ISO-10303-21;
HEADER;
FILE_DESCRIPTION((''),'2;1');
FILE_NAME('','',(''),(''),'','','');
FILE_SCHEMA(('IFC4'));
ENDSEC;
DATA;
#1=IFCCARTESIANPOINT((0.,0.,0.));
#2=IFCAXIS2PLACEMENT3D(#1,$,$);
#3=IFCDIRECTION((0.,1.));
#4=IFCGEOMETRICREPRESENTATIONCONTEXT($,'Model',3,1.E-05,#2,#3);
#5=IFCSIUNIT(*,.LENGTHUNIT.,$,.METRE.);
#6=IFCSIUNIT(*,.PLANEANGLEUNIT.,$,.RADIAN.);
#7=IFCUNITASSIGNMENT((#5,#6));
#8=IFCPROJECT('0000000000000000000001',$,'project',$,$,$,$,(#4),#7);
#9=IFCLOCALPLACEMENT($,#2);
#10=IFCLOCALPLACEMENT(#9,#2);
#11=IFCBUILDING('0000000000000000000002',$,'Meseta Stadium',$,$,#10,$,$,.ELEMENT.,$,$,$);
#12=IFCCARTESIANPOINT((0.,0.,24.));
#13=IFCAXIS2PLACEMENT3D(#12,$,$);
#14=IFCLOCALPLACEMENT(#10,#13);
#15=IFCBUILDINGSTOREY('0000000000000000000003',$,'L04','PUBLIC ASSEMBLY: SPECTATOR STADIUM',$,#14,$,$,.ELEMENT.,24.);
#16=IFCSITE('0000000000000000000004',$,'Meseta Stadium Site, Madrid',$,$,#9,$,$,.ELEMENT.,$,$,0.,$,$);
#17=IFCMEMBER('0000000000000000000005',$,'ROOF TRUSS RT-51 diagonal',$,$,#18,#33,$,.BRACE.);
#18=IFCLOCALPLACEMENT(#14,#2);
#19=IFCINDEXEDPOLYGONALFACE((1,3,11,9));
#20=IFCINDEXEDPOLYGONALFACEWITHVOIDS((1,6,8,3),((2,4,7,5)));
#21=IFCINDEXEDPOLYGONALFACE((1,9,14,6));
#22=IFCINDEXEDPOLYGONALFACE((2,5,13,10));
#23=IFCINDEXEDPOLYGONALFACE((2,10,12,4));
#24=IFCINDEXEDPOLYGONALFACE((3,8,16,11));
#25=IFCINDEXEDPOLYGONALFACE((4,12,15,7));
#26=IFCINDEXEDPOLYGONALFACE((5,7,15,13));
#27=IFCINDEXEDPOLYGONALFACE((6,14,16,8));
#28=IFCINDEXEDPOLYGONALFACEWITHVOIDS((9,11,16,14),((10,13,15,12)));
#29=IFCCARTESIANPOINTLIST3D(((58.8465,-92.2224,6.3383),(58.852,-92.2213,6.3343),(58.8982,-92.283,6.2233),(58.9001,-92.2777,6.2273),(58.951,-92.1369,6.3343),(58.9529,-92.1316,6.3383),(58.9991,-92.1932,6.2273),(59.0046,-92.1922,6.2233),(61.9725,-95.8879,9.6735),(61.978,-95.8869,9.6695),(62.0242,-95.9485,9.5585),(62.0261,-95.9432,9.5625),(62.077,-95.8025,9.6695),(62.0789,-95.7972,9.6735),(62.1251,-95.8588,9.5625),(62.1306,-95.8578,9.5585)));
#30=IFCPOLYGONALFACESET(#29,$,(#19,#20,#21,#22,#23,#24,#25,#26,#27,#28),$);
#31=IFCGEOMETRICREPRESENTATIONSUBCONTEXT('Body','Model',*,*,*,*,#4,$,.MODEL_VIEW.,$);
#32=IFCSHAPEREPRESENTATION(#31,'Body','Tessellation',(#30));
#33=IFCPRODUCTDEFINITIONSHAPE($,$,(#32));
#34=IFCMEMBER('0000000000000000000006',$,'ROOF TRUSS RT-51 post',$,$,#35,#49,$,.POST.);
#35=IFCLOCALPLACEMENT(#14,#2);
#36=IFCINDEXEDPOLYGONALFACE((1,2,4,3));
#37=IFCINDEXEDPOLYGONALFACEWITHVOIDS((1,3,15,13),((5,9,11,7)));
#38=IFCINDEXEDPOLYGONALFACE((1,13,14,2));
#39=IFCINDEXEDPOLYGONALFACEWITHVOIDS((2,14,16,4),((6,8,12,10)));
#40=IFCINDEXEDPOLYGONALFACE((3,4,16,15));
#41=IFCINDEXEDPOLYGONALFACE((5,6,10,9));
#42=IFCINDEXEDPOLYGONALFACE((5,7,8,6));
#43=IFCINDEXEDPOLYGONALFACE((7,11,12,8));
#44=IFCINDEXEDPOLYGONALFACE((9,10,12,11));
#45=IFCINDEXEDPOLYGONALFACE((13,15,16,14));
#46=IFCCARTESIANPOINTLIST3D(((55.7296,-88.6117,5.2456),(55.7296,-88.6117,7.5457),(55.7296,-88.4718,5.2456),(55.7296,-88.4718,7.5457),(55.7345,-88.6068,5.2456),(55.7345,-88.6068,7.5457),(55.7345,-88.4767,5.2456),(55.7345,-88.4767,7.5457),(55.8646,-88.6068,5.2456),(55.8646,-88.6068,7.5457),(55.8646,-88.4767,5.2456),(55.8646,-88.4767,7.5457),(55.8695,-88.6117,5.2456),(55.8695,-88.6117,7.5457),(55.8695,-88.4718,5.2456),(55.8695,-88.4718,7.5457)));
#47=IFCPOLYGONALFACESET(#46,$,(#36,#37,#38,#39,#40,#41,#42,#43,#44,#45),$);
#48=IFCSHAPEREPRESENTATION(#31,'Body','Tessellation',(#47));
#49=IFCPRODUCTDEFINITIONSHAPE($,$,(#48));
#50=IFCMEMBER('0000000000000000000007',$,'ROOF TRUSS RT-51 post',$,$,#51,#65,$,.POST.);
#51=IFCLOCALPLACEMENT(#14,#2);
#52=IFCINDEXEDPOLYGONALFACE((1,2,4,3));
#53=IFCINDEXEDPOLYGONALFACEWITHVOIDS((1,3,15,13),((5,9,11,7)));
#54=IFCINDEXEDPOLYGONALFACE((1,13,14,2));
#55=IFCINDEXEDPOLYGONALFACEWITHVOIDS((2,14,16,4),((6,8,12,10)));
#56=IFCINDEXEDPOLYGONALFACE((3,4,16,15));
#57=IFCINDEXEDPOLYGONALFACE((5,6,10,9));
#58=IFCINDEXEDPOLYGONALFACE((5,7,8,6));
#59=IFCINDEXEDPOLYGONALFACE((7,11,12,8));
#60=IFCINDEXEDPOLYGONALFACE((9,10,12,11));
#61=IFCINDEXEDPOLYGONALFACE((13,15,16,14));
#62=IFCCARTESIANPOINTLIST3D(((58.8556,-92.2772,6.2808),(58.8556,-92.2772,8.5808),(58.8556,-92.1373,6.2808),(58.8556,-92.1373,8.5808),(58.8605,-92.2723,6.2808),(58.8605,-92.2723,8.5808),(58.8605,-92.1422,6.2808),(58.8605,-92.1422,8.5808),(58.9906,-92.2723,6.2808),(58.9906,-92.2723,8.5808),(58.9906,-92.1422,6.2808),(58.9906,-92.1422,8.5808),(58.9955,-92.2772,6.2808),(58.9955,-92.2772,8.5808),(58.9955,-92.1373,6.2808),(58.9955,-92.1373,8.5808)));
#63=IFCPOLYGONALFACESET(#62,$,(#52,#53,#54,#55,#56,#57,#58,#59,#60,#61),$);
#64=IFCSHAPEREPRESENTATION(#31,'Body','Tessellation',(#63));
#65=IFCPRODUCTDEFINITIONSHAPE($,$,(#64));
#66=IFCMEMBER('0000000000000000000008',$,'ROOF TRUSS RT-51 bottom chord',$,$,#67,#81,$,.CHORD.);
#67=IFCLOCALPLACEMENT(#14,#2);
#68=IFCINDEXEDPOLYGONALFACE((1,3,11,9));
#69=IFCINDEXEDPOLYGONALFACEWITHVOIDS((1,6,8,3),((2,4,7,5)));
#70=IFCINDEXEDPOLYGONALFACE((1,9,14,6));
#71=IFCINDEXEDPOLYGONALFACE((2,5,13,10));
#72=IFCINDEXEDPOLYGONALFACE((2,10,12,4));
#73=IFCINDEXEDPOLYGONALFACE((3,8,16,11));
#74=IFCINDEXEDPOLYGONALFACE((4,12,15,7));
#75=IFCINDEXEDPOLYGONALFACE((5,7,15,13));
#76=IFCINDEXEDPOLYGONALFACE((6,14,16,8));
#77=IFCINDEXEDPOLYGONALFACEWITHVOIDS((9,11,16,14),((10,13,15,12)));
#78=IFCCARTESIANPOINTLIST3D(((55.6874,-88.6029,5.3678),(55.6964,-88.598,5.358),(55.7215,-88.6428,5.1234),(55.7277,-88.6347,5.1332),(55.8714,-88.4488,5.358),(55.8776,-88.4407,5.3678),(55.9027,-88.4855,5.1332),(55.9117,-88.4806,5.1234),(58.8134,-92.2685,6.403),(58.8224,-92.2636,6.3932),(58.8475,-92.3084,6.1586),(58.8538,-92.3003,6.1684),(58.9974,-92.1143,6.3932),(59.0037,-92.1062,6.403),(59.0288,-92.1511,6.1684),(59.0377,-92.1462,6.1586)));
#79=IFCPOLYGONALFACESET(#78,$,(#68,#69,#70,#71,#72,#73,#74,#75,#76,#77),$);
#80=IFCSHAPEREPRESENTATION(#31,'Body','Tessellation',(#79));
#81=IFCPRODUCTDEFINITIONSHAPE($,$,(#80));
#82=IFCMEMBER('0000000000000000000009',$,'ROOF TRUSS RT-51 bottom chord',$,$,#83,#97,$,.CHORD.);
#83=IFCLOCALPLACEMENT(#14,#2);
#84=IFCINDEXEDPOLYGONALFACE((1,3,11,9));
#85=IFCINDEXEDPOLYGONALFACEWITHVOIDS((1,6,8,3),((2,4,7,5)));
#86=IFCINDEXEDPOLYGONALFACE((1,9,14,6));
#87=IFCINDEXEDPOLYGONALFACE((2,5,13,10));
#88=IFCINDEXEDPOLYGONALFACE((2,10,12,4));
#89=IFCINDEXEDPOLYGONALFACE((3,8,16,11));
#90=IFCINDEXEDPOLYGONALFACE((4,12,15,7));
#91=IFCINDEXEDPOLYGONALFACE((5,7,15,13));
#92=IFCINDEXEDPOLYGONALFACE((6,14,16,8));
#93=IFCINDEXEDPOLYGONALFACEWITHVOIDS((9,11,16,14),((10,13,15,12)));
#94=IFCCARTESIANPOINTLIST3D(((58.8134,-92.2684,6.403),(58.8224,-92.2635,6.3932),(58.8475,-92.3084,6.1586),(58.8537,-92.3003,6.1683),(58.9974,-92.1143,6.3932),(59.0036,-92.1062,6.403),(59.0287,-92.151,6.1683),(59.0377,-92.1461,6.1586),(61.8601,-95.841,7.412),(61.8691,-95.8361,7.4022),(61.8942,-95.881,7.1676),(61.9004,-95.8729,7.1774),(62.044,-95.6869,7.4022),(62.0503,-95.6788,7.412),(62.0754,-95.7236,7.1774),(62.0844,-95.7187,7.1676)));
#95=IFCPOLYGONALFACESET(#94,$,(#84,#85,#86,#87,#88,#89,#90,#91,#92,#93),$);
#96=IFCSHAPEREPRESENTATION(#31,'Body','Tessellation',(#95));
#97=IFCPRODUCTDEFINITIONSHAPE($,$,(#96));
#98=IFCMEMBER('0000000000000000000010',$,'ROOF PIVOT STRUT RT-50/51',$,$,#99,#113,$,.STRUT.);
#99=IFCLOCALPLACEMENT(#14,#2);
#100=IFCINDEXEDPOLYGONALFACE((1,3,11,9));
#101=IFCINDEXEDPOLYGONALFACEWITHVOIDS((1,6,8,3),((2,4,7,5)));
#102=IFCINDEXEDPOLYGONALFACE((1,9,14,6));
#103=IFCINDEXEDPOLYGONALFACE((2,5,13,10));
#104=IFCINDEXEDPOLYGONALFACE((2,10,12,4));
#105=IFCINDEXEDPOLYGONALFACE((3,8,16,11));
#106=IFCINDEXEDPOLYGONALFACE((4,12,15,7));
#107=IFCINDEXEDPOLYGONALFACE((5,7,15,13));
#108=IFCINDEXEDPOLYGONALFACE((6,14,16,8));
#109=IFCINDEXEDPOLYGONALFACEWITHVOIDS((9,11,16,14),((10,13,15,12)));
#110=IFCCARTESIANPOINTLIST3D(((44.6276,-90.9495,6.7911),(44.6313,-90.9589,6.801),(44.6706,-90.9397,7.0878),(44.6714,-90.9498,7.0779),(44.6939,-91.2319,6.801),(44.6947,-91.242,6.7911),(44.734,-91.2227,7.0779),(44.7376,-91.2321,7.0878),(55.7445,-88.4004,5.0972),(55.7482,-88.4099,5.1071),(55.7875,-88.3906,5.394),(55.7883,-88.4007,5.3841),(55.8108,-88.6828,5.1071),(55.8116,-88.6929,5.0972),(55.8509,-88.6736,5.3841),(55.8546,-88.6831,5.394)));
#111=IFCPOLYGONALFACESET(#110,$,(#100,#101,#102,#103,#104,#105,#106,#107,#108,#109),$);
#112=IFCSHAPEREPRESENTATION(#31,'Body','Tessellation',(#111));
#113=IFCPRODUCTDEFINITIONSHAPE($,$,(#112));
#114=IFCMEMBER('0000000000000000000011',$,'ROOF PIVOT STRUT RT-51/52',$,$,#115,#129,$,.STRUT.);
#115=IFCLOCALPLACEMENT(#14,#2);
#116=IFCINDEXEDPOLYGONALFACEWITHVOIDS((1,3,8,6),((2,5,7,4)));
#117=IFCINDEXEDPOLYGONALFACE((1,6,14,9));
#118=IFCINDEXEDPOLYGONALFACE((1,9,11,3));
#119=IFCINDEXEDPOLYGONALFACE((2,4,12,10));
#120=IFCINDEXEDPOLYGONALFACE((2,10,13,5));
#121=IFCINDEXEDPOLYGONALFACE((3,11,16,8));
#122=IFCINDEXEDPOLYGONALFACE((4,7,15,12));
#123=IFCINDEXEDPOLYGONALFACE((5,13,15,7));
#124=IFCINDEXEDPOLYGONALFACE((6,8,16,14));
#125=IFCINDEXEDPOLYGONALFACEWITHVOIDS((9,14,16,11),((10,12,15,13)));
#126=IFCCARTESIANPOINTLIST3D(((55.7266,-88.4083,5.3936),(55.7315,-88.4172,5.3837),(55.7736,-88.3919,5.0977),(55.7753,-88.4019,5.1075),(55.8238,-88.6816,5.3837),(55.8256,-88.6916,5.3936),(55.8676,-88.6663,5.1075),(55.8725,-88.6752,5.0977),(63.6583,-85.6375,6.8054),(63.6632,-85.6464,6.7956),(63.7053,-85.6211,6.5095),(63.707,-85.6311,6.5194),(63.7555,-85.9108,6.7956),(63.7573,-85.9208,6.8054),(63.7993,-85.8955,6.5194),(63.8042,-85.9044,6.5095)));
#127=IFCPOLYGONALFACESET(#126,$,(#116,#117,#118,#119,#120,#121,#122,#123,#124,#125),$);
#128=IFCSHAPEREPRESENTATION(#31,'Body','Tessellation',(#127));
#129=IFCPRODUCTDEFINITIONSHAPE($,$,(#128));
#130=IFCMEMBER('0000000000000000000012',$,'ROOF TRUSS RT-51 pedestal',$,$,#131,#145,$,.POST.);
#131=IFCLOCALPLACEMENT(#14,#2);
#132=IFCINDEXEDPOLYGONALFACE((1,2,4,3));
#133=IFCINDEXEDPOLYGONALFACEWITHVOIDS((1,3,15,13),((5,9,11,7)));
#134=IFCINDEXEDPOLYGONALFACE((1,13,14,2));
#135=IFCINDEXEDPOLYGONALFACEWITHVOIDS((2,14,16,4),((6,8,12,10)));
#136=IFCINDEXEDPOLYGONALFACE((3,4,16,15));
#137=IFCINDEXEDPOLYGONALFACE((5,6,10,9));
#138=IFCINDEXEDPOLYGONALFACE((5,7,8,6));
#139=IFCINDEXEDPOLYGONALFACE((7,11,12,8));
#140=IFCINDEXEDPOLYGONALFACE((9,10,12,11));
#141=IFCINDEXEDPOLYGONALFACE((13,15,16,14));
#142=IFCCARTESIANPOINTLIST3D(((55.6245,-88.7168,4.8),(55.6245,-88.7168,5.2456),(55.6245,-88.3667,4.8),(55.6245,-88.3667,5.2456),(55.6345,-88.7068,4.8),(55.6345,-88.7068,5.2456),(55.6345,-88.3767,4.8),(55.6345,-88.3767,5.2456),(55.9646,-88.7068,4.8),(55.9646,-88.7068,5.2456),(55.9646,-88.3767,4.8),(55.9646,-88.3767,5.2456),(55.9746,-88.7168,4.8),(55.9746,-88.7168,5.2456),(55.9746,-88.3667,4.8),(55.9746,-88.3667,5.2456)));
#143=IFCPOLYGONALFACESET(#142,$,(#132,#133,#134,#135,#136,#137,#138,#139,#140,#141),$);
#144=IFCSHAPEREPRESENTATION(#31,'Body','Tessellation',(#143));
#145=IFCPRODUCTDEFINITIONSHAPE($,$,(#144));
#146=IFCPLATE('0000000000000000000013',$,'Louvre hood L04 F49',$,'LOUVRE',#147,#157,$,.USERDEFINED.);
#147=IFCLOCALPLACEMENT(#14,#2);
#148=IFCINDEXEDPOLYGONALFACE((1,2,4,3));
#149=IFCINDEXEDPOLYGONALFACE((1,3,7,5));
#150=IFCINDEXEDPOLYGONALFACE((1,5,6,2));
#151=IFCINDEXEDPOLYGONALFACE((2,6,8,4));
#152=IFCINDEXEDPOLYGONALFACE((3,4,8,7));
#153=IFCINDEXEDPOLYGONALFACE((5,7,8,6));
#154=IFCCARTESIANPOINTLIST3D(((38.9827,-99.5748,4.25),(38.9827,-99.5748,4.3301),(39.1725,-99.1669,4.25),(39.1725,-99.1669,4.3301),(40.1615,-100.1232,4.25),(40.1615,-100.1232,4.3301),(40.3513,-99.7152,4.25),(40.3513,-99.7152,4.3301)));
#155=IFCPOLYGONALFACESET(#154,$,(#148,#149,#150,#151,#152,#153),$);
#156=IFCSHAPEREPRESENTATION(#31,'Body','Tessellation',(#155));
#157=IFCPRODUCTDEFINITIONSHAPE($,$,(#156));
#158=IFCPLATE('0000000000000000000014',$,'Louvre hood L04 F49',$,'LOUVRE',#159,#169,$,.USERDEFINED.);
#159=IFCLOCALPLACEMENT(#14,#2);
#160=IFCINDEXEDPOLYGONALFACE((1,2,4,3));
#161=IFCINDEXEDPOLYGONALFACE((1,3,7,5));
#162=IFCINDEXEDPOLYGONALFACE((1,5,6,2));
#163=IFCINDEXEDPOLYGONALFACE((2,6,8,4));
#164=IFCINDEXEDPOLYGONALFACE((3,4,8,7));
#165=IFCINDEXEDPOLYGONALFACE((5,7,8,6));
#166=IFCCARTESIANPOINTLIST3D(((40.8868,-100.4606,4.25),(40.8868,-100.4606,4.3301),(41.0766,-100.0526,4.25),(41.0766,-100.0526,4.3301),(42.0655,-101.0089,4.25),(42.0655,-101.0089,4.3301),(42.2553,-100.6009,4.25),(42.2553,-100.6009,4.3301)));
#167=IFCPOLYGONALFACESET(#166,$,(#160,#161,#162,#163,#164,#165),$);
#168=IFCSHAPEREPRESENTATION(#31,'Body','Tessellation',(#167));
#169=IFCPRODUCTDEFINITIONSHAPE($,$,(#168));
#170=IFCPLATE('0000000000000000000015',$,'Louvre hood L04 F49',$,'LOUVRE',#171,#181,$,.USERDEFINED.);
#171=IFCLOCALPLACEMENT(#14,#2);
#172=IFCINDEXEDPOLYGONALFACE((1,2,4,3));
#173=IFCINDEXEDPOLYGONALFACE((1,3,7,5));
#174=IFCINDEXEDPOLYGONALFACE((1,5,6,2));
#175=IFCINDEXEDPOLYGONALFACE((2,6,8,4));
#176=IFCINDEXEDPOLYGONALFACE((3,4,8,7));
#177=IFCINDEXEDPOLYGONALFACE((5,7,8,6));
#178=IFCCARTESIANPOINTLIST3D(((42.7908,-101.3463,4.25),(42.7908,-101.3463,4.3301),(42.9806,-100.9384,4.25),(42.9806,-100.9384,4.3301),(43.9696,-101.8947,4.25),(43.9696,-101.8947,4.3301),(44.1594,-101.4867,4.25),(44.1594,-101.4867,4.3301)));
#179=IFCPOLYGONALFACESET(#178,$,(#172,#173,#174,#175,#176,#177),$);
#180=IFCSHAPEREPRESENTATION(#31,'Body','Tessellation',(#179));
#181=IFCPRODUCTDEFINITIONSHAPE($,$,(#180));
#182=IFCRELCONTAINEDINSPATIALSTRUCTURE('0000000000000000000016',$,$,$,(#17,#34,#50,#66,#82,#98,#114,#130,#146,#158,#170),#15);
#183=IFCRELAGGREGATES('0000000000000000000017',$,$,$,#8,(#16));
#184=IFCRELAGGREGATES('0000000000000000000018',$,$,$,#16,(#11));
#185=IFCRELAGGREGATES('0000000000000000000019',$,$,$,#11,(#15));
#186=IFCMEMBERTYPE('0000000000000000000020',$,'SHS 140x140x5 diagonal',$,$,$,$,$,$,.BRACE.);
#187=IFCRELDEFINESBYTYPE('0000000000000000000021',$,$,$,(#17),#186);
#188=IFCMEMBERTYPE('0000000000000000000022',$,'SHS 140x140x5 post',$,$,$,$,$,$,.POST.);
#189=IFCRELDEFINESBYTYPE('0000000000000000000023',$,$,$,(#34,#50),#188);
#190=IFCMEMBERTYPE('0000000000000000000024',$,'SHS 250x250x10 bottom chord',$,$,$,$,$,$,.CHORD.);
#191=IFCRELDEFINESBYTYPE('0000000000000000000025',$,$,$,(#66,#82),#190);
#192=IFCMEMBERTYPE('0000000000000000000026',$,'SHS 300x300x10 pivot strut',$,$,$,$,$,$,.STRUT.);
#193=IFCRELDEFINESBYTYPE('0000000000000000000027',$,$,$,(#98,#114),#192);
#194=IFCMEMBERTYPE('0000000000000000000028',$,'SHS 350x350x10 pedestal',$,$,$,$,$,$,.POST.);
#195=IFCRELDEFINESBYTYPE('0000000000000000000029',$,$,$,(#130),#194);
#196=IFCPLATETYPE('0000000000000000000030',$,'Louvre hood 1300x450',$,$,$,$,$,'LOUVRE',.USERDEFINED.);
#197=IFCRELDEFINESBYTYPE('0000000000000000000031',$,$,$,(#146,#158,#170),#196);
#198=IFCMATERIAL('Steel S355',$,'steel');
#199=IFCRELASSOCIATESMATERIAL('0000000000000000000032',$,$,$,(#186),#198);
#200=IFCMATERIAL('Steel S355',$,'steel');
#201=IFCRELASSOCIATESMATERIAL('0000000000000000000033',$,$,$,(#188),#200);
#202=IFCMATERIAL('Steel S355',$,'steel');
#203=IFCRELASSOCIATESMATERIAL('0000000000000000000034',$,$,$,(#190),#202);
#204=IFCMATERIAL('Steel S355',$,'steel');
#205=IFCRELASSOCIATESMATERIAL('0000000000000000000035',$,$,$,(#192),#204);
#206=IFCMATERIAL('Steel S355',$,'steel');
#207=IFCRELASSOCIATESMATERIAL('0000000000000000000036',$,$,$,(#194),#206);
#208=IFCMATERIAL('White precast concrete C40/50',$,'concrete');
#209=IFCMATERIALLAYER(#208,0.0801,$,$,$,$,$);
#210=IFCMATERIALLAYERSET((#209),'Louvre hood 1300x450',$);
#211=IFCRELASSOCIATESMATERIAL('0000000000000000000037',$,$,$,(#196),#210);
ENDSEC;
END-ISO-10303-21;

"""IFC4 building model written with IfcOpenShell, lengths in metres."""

from ifc_helpers import new_model, si_unit, direction, frame, origin, origin_2d, place, context, subcontext, project, spatial, rectangle, hollow_rectangle, extrude, material, layer, layer_set, material_profile, profile_set, type_object, element, save


model = new_model("IFC4")

# Units and contexts
model_context = context("Model", 3, precision=1e-05, world=origin(), true_north=direction((0.0, 1.0)))
body_context = subcontext(model_context, "Body", "Model", "MODEL_VIEW")
ifc_project = project(units=[si_unit("LENGTHUNIT", "METRE"), si_unit("PLANEANGLEUNIT", "RADIAN")], contexts=[model_context])

# Site, building, storey
site_placement = place(None, origin())
site = spatial("IfcSite", under=ifc_project, at=site_placement, Name="Meseta Stadium Site, Madrid", CompositionType="ELEMENT", RefElevation=0.0)
building_placement = place(site_placement, origin())
building = spatial("IfcBuilding", under=site, at=building_placement, Name="Meseta Stadium", CompositionType="ELEMENT")
storey_placement = place(building_placement, frame((0.0, 0.0, 24.0)))
storey = spatial("IfcBuildingStorey", under=building, at=storey_placement, Name="L04", Description="PUBLIC ASSEMBLY: SPECTATOR STADIUM", CompositionType="ELEMENT", Elevation=24.0)

# Members
ifc_material_1 = material(Name="Steel S355", Category="steel")
ifc_material_profile_1 = material_profile(ifc_material_1, hollow_rectangle(XDim=0.1399, YDim=0.1399, WallThickness=0.0049, at=origin_2d()), Name="SHS 140x140x5")
ifc_profile_set_1 = profile_set([ifc_material_profile_1], Name="Steel S355")
member_type_1 = type_object("IfcMemberType", Name="SHS 140x140x5 diagonal", PredefinedType="BRACE", material=ifc_profile_set_1)
for number, where, z_axis, x_axis, name in (
    (1, (58.9255, -92.2073, 6.2808), (0.533507, -0.625591, 0.569215), (0.760885, 0.648886, 0.0), "ROOF TRUSS RT-51 diagonal"),
):
    element("IfcMember", number, at=place(storey_placement, frame(where, z_axis=z_axis, x_axis=x_axis)), inside=storey, type_object=member_type_1, Name=name, PredefinedType="BRACE", context=body_context, shape_type="SweptSolid", body=[
        extrude(hollow_rectangle(XDim=0.1399, YDim=0.1399, WallThickness=0.0049, at=origin_2d()), origin(), (0.0, 0.0, 1.0), 5.8594),
    ])
ifc_material_2 = material(Name="Steel S355", Category="steel")
ifc_material_profile_2 = material_profile(ifc_material_2, hollow_rectangle(XDim=0.1399, YDim=0.1399, WallThickness=0.0049, at=origin_2d()), Name="SHS 140x140x5")
ifc_profile_set_2 = profile_set([ifc_material_profile_2], Name="Steel S355")
member_type_2 = type_object("IfcMemberType", Name="SHS 140x140x5 post", PredefinedType="POST", material=ifc_profile_set_2)
for number, where, z_axis, x_axis, name in (
    (2, (55.7996, -88.5417, 5.2456), (0.0, 0.0, 1.0), (1.0, 0.0, 0.0), "ROOF TRUSS RT-51 post"),
    (3, (58.9255, -92.2073, 6.2808), (0.0, 0.0, 1.0), (1.0, 0.0, 0.0), "ROOF TRUSS RT-51 post"),
):
    element("IfcMember", number, at=place(storey_placement, frame(where, z_axis=z_axis, x_axis=x_axis)), inside=storey, type_object=member_type_2, Name=name, PredefinedType="POST", context=body_context, shape_type="SweptSolid", body=[
        extrude(hollow_rectangle(XDim=0.1399, YDim=0.1399, WallThickness=0.0049, at=origin_2d()), origin(), (0.0, 0.0, 1.0), 2.3),
    ])
ifc_material_3 = material(Name="Steel S355", Category="steel")
ifc_material_profile_3 = material_profile(ifc_material_3, hollow_rectangle(XDim=0.25, YDim=0.25, WallThickness=0.01, at=origin_2d()), Name="SHS 250x250x10")
ifc_profile_set_3 = profile_set([ifc_material_profile_3], Name="Steel S355")
member_type_3 = type_object("IfcMemberType", Name="SHS 250x250x10 bottom chord", PredefinedType="CHORD", material=ifc_profile_set_3)
member_1_placement = place(storey_placement, frame((55.7996, -88.5417, 5.2456), z_axis=(0.634406, -0.743905, 0.210081), x_axis=(0.760885, 0.648886, 0.0)))
element("IfcMember", 4, at=member_1_placement, inside=storey, type_object=member_type_3, Name="ROOF TRUSS RT-51 bottom chord", PredefinedType="CHORD", context=body_context, shape_type="SweptSolid", body=[
    extrude(hollow_rectangle(XDim=0.25, YDim=0.25, WallThickness=0.01, at=origin_2d()), origin(), (0.0, 0.0, 1.0), 4.9275),
])
member_2_placement = place(storey_placement, frame((58.9255, -92.2073, 6.2808), z_axis=(0.634399, -0.743903, 0.210111), x_axis=(0.760888, 0.648884, 0.0)))
element("IfcMember", 5, at=member_2_placement, inside=storey, type_object=member_type_3, Name="ROOF TRUSS RT-51 bottom chord", PredefinedType="CHORD", context=body_context, shape_type="SweptSolid", body=[
    extrude(hollow_rectangle(XDim=0.25, YDim=0.25, WallThickness=0.01, at=origin_2d()), origin(), (0.0, 0.0, 1.0), 4.8025),
])
ifc_material_4 = material(Name="Steel S355", Category="steel")
ifc_material_profile_4 = material_profile(ifc_material_4, hollow_rectangle(XDim=0.3, YDim=0.3, WallThickness=0.01, at=origin_2d()), Name="SHS 300x300x10")
ifc_profile_set_4 = profile_set([ifc_material_profile_4], Name="Steel S355")
member_type_4 = type_object("IfcMemberType", Name="SHS 300x300x10 pivot strut", PredefinedType="STRUT", material=ifc_profile_set_4)
member_3_placement = place(storey_placement, frame((44.6826, -91.0908, 6.9395), z_axis=(0.96413, 0.221071, -0.146901), x_axis=(-0.223496, 0.974705, 0.0)))
element("IfcMember", 6, at=member_3_placement, inside=storey, type_object=member_type_4, Name="ROOF PIVOT STRUT RT-50/51", PredefinedType="STRUT", context=body_context, shape_type="SweptSolid", body=[
    extrude(hollow_rectangle(XDim=0.3, YDim=0.3, WallThickness=0.01, at=origin_2d()), origin(), (0.0, 0.0, 1.0), 11.5305),
])
member_4_placement = place(storey_placement, frame((55.7996, -88.5417, 5.2456), z_axis=(0.931002, 0.325226, 0.165722), x_axis=(-0.329786, 0.944056, 0.0)))
element("IfcMember", 7, at=member_4_placement, inside=storey, type_object=member_type_4, Name="ROOF PIVOT STRUT RT-51/52", PredefinedType="STRUT", context=body_context, shape_type="SweptSolid", body=[
    extrude(hollow_rectangle(XDim=0.3, YDim=0.3, WallThickness=0.01, at=origin_2d()), origin(), (0.0, 0.0, 1.0), 8.5195),
])
ifc_material_5 = material(Name="Steel S355", Category="steel")
ifc_material_profile_5 = material_profile(ifc_material_5, hollow_rectangle(XDim=0.3501, YDim=0.3501, WallThickness=0.01, at=origin_2d()), Name="SHS 350x350x10")
ifc_profile_set_5 = profile_set([ifc_material_profile_5], Name="Steel S355")
member_type_5 = type_object("IfcMemberType", Name="SHS 350x350x10 pedestal", PredefinedType="POST", material=ifc_profile_set_5)
member_5_placement = place(storey_placement, frame((55.7996, -88.5417, 4.8), z_axis=(0.0, 0.0, 1.0), x_axis=(1.0, 0.0, 0.0)))
element("IfcMember", 8, at=member_5_placement, inside=storey, type_object=member_type_5, Name="ROOF TRUSS RT-51 pedestal", PredefinedType="POST", context=body_context, shape_type="SweptSolid", body=[
    extrude(hollow_rectangle(XDim=0.3501, YDim=0.3501, WallThickness=0.01, at=origin_2d()), origin(), (0.0, 0.0, 1.0), 0.4456),
])

# Plates
ifc_material_6 = material(Name="White precast concrete C40/50", Category="concrete")
ifc_layer_1 = layer(ifc_material_6, 0.0801)
ifc_layer_set_1 = layer_set([ifc_layer_1], Name="Louvre hood 1300x450")
plate_type_1 = type_object("IfcPlateType", Name="Louvre hood 1300x450", ElementType="LOUVRE", PredefinedType="USERDEFINED", material=ifc_layer_set_1)
for number, where, z_axis, x_axis, name in (
    (9, (39.667, -99.645, 4.25), (0.0, 0.0, 1.0), (0.906703, -0.42177, 0.0), "Louvre hood L04 F49"),
    (10, (41.571, -100.5308, 4.25), (0.0, 0.0, 1.0), (0.906703, -0.42177, 0.0), "Louvre hood L04 F49"),
    (11, (43.4751, -101.4165, 4.25), (0.0, 0.0, 1.0), (0.906703, -0.42177, 0.0), "Louvre hood L04 F49"),
):
    element("IfcPlate", number, at=place(storey_placement, frame(where, z_axis=z_axis, x_axis=x_axis)), inside=storey, type_object=plate_type_1, Name=name, ObjectType="LOUVRE", PredefinedType="USERDEFINED", context=body_context, shape_type="SweptSolid", body=[
        extrude(rectangle(XDim=1.3, YDim=0.45, at=origin_2d()), origin(), (0.0, 0.0, 1.0), 0.0801),
    ])

save(model, "model.ifc")
